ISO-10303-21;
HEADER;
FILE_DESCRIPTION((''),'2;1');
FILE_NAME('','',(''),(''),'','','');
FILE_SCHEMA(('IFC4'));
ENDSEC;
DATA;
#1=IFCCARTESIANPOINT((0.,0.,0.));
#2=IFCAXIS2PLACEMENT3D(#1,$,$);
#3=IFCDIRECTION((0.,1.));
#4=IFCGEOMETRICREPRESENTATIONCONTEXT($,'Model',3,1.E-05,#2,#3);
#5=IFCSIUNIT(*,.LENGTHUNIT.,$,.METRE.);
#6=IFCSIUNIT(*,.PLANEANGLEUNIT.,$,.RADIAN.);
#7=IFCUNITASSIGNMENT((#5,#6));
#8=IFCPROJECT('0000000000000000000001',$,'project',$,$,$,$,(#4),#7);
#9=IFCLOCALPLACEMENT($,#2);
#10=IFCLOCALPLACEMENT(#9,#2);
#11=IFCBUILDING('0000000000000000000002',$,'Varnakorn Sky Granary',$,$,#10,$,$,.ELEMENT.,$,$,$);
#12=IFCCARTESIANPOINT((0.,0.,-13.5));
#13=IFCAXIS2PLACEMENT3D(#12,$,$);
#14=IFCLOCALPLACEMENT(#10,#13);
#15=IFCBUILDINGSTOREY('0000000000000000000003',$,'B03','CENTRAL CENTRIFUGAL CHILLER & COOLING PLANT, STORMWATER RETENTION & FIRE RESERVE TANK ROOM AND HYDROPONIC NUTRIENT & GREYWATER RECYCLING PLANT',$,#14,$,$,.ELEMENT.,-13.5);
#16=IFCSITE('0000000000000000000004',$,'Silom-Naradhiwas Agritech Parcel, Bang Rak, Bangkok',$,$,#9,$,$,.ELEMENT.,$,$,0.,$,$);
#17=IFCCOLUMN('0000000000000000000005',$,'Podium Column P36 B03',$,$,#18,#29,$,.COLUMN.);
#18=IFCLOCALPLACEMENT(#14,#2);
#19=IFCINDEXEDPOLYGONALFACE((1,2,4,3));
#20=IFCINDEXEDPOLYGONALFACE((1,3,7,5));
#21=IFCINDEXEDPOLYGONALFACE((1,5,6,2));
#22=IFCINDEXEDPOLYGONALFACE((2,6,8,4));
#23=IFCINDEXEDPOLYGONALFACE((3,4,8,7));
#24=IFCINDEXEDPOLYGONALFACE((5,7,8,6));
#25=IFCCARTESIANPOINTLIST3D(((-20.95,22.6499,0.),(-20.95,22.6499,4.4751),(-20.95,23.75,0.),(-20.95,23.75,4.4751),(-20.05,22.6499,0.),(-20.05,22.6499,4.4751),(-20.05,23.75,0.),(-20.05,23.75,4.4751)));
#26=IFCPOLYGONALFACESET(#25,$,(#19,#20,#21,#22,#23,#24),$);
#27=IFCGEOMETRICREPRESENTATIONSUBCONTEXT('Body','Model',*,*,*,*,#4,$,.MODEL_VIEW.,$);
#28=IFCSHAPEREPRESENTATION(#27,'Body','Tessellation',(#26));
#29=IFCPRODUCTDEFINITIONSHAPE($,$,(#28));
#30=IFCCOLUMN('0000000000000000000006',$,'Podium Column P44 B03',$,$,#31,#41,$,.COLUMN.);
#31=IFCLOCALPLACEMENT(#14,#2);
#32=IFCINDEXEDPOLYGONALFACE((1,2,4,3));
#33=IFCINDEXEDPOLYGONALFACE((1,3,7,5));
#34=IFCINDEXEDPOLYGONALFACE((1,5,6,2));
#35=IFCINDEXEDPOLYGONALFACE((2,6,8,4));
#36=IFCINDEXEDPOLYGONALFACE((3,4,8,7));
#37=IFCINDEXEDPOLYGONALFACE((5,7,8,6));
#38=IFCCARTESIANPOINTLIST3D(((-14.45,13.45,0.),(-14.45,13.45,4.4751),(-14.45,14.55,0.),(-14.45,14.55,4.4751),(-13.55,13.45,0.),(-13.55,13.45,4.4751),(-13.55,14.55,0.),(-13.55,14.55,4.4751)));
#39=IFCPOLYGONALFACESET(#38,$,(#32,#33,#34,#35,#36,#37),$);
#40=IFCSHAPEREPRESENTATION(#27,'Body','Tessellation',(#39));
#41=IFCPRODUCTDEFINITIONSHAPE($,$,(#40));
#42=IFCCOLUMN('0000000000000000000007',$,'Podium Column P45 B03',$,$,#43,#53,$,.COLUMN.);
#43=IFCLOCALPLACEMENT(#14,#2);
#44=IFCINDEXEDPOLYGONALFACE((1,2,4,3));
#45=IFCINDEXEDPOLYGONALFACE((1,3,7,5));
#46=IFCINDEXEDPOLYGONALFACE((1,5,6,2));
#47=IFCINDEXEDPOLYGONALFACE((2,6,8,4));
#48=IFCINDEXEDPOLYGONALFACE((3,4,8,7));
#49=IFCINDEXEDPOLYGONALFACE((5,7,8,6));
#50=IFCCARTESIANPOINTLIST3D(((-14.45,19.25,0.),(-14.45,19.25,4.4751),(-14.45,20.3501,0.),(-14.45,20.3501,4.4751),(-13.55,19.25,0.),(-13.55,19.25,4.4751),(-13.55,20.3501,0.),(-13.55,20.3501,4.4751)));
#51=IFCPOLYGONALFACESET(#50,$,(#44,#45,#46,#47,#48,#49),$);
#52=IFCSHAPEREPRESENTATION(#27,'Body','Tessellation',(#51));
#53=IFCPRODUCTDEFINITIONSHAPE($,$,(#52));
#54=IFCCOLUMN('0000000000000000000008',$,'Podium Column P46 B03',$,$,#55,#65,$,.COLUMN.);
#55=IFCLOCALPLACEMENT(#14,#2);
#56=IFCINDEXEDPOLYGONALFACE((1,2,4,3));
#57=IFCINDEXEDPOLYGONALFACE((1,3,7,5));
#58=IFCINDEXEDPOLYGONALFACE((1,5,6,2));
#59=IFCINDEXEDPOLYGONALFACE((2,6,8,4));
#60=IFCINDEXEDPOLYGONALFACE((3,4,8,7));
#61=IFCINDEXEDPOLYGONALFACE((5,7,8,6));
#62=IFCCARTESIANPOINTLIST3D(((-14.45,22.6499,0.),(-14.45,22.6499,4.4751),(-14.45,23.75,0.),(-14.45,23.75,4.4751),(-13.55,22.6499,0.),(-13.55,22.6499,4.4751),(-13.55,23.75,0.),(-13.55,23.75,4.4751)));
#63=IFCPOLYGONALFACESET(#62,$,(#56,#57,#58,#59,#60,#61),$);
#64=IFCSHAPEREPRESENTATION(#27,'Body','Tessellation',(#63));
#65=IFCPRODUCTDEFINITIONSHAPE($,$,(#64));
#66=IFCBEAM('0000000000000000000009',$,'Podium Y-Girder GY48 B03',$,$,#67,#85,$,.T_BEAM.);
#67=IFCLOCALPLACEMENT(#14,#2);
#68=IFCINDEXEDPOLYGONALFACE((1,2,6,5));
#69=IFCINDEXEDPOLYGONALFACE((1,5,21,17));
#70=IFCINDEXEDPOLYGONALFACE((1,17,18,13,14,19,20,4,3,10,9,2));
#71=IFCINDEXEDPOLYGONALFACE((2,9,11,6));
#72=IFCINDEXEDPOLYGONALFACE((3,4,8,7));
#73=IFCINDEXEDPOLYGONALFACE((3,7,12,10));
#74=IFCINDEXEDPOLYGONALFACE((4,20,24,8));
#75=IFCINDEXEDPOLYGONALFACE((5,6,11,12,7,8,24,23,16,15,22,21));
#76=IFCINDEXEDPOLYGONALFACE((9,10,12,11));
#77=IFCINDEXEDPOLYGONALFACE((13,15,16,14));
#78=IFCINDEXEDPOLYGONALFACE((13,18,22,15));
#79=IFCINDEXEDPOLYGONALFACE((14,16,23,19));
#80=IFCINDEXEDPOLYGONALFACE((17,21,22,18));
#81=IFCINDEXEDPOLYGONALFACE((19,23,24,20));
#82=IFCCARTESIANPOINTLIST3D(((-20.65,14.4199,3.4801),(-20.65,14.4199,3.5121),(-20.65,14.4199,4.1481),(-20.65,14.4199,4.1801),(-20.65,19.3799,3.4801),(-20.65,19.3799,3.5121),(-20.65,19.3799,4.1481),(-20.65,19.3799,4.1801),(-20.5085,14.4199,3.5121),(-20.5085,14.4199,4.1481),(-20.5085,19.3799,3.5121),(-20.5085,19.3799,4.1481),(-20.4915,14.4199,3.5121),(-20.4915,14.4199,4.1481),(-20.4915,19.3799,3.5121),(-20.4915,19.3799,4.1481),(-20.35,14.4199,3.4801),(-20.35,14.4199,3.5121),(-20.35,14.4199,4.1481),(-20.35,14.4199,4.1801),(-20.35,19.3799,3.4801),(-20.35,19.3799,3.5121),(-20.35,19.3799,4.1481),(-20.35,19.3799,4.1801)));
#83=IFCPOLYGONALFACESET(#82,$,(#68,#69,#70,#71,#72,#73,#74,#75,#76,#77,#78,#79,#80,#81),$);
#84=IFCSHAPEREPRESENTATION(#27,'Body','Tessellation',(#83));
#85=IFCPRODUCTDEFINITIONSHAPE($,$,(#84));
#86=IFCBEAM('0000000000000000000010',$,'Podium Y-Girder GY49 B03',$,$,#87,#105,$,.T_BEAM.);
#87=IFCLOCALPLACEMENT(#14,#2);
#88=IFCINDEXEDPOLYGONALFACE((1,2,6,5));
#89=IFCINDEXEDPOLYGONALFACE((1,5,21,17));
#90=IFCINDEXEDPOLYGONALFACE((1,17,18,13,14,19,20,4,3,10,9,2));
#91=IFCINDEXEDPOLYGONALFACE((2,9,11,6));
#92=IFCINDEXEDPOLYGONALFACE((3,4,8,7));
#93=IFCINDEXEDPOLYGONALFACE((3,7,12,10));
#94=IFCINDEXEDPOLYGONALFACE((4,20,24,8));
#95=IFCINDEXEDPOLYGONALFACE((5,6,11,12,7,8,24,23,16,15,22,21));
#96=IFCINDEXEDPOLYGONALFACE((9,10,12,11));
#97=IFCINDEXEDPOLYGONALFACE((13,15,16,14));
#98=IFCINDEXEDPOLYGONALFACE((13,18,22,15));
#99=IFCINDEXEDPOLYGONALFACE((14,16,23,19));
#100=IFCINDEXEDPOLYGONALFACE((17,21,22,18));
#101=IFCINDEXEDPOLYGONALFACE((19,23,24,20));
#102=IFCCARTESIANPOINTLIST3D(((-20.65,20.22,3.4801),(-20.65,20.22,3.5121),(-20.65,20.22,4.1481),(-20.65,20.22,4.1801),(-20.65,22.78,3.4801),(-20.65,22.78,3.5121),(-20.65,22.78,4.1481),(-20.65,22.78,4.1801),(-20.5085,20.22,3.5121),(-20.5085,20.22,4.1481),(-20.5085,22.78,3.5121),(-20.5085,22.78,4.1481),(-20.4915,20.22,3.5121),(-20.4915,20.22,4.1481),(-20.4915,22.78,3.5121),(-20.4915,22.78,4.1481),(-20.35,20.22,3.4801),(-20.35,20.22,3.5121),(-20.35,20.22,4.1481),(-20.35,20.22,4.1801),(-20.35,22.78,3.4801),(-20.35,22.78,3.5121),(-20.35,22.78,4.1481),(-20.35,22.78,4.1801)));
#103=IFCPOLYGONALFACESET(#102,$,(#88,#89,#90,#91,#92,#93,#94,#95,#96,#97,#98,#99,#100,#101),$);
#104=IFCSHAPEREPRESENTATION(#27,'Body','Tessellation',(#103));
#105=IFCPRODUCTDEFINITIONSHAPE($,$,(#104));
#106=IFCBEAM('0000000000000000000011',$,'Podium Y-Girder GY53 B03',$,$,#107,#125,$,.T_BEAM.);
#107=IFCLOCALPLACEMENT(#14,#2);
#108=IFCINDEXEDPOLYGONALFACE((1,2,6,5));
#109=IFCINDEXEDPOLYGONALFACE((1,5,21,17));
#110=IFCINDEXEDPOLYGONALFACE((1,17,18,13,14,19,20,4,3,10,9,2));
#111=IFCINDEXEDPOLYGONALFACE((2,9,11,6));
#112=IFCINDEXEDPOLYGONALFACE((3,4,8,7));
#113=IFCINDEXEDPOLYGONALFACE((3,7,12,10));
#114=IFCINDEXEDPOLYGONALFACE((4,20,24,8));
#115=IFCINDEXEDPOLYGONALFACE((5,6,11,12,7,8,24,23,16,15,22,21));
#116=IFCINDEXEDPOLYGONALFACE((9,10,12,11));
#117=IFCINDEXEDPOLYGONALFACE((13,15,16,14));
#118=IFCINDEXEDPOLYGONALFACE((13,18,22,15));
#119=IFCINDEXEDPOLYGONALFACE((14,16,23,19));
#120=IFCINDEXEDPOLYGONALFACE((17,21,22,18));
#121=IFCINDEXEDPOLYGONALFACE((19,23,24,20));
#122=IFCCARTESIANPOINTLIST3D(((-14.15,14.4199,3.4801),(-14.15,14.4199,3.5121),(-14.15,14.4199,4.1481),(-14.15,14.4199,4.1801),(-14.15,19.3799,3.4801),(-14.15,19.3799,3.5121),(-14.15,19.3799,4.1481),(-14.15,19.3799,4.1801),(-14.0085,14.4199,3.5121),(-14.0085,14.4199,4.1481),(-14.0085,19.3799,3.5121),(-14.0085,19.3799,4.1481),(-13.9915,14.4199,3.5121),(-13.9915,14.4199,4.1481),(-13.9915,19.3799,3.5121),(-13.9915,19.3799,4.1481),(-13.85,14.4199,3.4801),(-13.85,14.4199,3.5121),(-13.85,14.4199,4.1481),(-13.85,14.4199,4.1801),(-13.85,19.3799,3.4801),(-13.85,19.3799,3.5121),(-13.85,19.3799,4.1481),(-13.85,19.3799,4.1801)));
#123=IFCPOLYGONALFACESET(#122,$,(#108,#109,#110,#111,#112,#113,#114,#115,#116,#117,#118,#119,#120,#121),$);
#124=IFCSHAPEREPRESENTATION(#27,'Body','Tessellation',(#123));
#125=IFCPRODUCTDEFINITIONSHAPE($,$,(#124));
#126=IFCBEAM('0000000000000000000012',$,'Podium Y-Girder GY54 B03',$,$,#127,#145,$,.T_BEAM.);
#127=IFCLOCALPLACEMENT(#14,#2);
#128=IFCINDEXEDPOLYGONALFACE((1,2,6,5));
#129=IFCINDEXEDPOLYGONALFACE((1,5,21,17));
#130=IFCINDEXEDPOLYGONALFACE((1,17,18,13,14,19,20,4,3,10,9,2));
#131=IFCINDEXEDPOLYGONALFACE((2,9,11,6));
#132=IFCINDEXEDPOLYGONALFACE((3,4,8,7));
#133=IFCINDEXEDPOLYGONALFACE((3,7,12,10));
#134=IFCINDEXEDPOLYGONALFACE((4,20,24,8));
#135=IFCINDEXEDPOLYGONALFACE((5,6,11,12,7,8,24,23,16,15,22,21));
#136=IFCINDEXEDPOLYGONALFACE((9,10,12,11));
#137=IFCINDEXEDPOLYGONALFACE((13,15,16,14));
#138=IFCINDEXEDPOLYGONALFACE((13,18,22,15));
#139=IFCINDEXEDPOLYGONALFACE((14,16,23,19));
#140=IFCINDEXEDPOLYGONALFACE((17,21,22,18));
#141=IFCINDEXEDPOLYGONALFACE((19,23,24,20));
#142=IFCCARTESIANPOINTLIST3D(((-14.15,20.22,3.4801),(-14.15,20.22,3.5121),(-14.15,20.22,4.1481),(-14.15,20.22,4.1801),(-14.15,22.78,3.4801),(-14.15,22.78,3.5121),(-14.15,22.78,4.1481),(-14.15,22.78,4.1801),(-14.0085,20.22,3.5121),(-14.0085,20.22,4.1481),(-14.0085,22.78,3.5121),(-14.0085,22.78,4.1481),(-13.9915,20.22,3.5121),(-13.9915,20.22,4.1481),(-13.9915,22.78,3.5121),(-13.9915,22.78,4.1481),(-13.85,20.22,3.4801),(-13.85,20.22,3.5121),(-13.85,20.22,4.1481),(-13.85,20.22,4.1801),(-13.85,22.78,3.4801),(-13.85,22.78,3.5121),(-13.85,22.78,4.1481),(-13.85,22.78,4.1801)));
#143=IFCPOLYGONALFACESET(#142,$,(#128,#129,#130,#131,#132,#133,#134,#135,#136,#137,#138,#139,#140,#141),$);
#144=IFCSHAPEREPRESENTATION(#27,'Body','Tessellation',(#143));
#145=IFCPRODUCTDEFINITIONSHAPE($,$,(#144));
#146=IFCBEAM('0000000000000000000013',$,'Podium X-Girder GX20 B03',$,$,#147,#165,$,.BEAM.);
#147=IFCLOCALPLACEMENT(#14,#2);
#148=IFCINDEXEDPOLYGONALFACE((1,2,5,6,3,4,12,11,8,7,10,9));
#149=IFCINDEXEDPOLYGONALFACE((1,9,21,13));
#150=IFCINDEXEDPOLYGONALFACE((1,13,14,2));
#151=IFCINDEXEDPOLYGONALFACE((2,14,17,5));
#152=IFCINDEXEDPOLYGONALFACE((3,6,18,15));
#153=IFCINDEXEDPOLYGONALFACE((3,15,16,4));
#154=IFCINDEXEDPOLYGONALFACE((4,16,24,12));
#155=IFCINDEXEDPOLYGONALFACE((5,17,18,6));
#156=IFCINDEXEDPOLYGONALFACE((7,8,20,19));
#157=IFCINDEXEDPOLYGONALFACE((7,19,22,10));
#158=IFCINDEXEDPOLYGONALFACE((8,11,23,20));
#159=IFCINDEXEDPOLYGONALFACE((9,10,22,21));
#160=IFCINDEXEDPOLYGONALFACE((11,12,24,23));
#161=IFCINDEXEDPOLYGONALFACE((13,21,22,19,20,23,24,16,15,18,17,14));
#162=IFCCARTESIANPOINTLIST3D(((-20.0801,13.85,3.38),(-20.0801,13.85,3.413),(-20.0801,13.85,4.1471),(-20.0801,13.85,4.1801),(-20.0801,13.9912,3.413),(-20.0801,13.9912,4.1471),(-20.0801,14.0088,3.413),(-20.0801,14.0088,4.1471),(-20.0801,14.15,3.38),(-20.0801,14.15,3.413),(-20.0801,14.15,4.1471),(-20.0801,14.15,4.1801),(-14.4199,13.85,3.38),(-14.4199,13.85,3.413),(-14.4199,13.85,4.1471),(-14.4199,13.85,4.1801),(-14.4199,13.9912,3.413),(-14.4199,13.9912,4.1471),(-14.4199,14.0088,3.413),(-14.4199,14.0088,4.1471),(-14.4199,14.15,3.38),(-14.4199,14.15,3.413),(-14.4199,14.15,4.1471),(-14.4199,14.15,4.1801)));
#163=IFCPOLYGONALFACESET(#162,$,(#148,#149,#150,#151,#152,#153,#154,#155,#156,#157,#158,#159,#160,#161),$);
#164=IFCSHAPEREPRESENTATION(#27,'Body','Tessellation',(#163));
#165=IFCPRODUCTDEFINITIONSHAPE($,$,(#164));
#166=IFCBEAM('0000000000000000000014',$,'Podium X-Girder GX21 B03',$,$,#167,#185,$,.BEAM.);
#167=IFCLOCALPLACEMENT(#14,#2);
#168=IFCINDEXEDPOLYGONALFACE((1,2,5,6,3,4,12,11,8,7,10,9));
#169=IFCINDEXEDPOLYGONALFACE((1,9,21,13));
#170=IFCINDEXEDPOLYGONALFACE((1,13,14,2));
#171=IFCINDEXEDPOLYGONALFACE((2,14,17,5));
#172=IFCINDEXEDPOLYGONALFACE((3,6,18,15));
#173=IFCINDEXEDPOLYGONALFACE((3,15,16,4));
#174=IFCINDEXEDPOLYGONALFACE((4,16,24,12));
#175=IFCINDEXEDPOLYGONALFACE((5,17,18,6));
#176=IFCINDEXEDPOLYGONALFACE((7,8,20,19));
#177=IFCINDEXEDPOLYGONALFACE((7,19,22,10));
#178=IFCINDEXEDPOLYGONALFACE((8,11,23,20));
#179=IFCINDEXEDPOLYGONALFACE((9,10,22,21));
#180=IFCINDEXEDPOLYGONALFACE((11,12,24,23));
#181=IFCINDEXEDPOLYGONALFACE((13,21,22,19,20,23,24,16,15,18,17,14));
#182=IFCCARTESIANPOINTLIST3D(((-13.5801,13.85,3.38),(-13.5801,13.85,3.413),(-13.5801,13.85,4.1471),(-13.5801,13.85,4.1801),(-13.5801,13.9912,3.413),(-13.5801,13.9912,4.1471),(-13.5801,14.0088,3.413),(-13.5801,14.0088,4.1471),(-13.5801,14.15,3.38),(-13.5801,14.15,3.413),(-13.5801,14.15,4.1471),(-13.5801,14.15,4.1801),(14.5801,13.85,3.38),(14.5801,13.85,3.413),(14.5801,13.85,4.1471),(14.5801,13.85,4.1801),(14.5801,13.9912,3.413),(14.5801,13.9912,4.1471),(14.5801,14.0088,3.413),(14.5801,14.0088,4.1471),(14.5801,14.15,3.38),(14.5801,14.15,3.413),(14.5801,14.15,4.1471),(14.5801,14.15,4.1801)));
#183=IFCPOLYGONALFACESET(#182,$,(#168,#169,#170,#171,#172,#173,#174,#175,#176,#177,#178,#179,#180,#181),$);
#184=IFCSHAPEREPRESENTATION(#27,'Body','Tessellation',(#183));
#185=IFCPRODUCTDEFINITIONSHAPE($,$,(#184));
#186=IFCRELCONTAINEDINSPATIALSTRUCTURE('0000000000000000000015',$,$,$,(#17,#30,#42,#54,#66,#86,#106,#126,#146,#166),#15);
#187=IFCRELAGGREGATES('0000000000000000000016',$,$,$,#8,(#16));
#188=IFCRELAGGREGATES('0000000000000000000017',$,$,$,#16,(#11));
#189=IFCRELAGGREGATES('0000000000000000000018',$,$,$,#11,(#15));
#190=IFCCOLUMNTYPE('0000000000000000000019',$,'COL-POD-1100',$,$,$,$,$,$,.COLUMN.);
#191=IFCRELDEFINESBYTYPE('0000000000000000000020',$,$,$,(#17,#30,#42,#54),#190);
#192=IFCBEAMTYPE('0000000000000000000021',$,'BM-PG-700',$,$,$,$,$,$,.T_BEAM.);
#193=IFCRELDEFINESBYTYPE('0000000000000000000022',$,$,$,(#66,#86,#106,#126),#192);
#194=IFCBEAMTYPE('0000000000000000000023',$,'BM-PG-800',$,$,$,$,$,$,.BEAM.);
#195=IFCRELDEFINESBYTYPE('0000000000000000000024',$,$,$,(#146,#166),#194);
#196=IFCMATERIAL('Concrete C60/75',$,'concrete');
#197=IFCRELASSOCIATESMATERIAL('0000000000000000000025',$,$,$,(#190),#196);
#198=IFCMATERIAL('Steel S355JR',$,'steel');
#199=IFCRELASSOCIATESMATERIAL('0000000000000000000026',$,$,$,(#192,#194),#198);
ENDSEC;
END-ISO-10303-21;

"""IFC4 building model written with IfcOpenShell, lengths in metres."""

from ifc_helpers import new_model, si_unit, direction, frame, origin, origin_2d, place, context, subcontext, project, spatial, rectangle, i_section, extrude, material, material_profile, profile_set, type_object, element, save


model = new_model("IFC4")

# Units and contexts
model_context = context("Model", 3, precision=1e-05, world=origin(), true_north=direction((0.0, 1.0)))
body_context = subcontext(model_context, "Body", "Model", "MODEL_VIEW")
ifc_project = project(units=[si_unit("LENGTHUNIT", "METRE"), si_unit("PLANEANGLEUNIT", "RADIAN")], contexts=[model_context])

# Site, building, storey
site_placement = place(None, origin())
site = spatial("IfcSite", under=ifc_project, at=site_placement, Name="Silom-Naradhiwas Agritech Parcel, Bang Rak, Bangkok", CompositionType="ELEMENT", RefElevation=0.0)
building_placement = place(site_placement, origin())
building = spatial("IfcBuilding", under=site, at=building_placement, Name="Varnakorn Sky Granary", CompositionType="ELEMENT")
storey_placement = place(building_placement, frame((0.0, 0.0, -13.5)))
storey = spatial("IfcBuildingStorey", under=building, at=storey_placement, Name="B03", Description="CENTRAL CENTRIFUGAL CHILLER & COOLING PLANT, STORMWATER RETENTION & FIRE RESERVE TANK ROOM AND HYDROPONIC NUTRIENT & GREYWATER RECYCLING PLANT", CompositionType="ELEMENT", Elevation=-13.5)

# Columns
ifc_material_1 = material(Name="Concrete C60/75", Category="concrete")
ifc_material_profile_1 = material_profile(ifc_material_1, rectangle(XDim=0.8999, YDim=1.1001, at=origin_2d()), Name="RC 900x1100")
ifc_profile_set_1 = profile_set([ifc_material_profile_1], Name="Concrete C60/75")
column_type = type_object("IfcColumnType", Name="COL-POD-1100", PredefinedType="COLUMN", material=ifc_profile_set_1)
for number, where, z_axis, x_axis, name in (
    (1, (-20.5, 23.2, 0.0), (0.0, 0.0, 1.0), (1.0, 0.0, 0.0), "Podium Column P36 B03"),
    (2, (-14.0, 14.0, 0.0), (0.0, 0.0, 1.0), (1.0, 0.0, 0.0), "Podium Column P44 B03"),
    (3, (-14.0, 19.8, 0.0), (0.0, 0.0, 1.0), (1.0, 0.0, 0.0), "Podium Column P45 B03"),
    (4, (-14.0, 23.2, 0.0), (0.0, 0.0, 1.0), (1.0, 0.0, 0.0), "Podium Column P46 B03"),
):
    element("IfcColumn", number, at=place(storey_placement, frame(where, z_axis=z_axis, x_axis=x_axis)), inside=storey, type_object=column_type, Name=name, PredefinedType="COLUMN", context=body_context, shape_type="SweptSolid", body=[
        extrude(rectangle(XDim=0.8999, YDim=1.1001, at=origin_2d()), origin(), (0.0, 0.0, 1.0), 4.4751),
    ])

# Beams
ifc_material_2 = material(Name="Steel S355JR", Category="steel")
ifc_material_profile_2 = material_profile(ifc_material_2, i_section(OverallWidth=0.3, OverallDepth=0.7, WebThickness=0.0171, FlangeThickness=0.032, at=origin_2d()), Name="HE 700 B")
ifc_profile_set_2 = profile_set([ifc_material_profile_2], Name="Steel S355JR")
beam_type_1 = type_object("IfcBeamType", Name="BM-PG-700", PredefinedType="T_BEAM", material=ifc_profile_set_2)
beam_1_placement = place(storey_placement, frame((-20.5, 14.4199, 3.8301), z_axis=(0.0, 1.0, 0.0), x_axis=(-1.0, 0.0, 0.0)))
element("IfcBeam", 5, at=beam_1_placement, inside=storey, type_object=beam_type_1, Name="Podium Y-Girder GY48 B03", PredefinedType="T_BEAM", context=body_context, shape_type="SweptSolid", body=[
    extrude(i_section(OverallWidth=0.3, OverallDepth=0.7, WebThickness=0.0171, FlangeThickness=0.032, at=origin_2d()), origin(), (0.0, 0.0, 1.0), 4.96),
])
beam_2_placement = place(storey_placement, frame((-20.5, 20.22, 3.8301), z_axis=(0.0, 1.0, 0.0), x_axis=(-1.0, 0.0, 0.0)))
element("IfcBeam", 6, at=beam_2_placement, inside=storey, type_object=beam_type_1, Name="Podium Y-Girder GY49 B03", PredefinedType="T_BEAM", context=body_context, shape_type="SweptSolid", body=[
    extrude(i_section(OverallWidth=0.3, OverallDepth=0.7, WebThickness=0.0171, FlangeThickness=0.032, at=origin_2d()), origin(), (0.0, 0.0, 1.0), 2.5601),
])
beam_3_placement = place(storey_placement, frame((-14.0, 14.4199, 3.8301), z_axis=(0.0, 1.0, 0.0), x_axis=(-1.0, 0.0, 0.0)))
element("IfcBeam", 7, at=beam_3_placement, inside=storey, type_object=beam_type_1, Name="Podium Y-Girder GY53 B03", PredefinedType="T_BEAM", context=body_context, shape_type="SweptSolid", body=[
    extrude(i_section(OverallWidth=0.3, OverallDepth=0.7, WebThickness=0.0171, FlangeThickness=0.032, at=origin_2d()), origin(), (0.0, 0.0, 1.0), 4.96),
])
beam_4_placement = place(storey_placement, frame((-14.0, 20.22, 3.8301), z_axis=(0.0, 1.0, 0.0), x_axis=(-1.0, 0.0, 0.0)))
element("IfcBeam", 8, at=beam_4_placement, inside=storey, type_object=beam_type_1, Name="Podium Y-Girder GY54 B03", PredefinedType="T_BEAM", context=body_context, shape_type="SweptSolid", body=[
    extrude(i_section(OverallWidth=0.3, OverallDepth=0.7, WebThickness=0.0171, FlangeThickness=0.032, at=origin_2d()), origin(), (0.0, 0.0, 1.0), 2.5601),
])
ifc_material_profile_3 = material_profile(ifc_material_2, i_section(OverallWidth=0.3, OverallDepth=0.8, WebThickness=0.0176, FlangeThickness=0.033, at=origin_2d()), Name="HE 800 B")
ifc_profile_set_3 = profile_set([ifc_material_profile_3], Name="Steel S355JR")
beam_type_2 = type_object("IfcBeamType", Name="BM-PG-800", PredefinedType="BEAM", material=ifc_profile_set_3)
beam_5_placement = place(storey_placement, frame((-20.0801, 14.0, 3.78), z_axis=(1.0, 0.0, 0.0), x_axis=(0.0, 1.0, 0.0)))
element("IfcBeam", 9, at=beam_5_placement, inside=storey, type_object=beam_type_2, Name="Podium X-Girder GX20 B03", PredefinedType="BEAM", context=body_context, shape_type="SweptSolid", body=[
    extrude(i_section(OverallWidth=0.3, OverallDepth=0.8, WebThickness=0.0176, FlangeThickness=0.033, at=origin_2d()), origin(), (0.0, 0.0, 1.0), 5.6602),
])
beam_6_placement = place(storey_placement, frame((-13.5801, 14.0, 3.78), z_axis=(1.0, 0.0, 0.0), x_axis=(0.0, 1.0, 0.0)))
element("IfcBeam", 10, at=beam_6_placement, inside=storey, type_object=beam_type_2, Name="Podium X-Girder GX21 B03", PredefinedType="BEAM", context=body_context, shape_type="SweptSolid", body=[
    extrude(i_section(OverallWidth=0.3, OverallDepth=0.8, WebThickness=0.0176, FlangeThickness=0.033, at=origin_2d()), origin(), (0.0, 0.0, 1.0), 28.1602),
])

save(model, "model.ifc")
